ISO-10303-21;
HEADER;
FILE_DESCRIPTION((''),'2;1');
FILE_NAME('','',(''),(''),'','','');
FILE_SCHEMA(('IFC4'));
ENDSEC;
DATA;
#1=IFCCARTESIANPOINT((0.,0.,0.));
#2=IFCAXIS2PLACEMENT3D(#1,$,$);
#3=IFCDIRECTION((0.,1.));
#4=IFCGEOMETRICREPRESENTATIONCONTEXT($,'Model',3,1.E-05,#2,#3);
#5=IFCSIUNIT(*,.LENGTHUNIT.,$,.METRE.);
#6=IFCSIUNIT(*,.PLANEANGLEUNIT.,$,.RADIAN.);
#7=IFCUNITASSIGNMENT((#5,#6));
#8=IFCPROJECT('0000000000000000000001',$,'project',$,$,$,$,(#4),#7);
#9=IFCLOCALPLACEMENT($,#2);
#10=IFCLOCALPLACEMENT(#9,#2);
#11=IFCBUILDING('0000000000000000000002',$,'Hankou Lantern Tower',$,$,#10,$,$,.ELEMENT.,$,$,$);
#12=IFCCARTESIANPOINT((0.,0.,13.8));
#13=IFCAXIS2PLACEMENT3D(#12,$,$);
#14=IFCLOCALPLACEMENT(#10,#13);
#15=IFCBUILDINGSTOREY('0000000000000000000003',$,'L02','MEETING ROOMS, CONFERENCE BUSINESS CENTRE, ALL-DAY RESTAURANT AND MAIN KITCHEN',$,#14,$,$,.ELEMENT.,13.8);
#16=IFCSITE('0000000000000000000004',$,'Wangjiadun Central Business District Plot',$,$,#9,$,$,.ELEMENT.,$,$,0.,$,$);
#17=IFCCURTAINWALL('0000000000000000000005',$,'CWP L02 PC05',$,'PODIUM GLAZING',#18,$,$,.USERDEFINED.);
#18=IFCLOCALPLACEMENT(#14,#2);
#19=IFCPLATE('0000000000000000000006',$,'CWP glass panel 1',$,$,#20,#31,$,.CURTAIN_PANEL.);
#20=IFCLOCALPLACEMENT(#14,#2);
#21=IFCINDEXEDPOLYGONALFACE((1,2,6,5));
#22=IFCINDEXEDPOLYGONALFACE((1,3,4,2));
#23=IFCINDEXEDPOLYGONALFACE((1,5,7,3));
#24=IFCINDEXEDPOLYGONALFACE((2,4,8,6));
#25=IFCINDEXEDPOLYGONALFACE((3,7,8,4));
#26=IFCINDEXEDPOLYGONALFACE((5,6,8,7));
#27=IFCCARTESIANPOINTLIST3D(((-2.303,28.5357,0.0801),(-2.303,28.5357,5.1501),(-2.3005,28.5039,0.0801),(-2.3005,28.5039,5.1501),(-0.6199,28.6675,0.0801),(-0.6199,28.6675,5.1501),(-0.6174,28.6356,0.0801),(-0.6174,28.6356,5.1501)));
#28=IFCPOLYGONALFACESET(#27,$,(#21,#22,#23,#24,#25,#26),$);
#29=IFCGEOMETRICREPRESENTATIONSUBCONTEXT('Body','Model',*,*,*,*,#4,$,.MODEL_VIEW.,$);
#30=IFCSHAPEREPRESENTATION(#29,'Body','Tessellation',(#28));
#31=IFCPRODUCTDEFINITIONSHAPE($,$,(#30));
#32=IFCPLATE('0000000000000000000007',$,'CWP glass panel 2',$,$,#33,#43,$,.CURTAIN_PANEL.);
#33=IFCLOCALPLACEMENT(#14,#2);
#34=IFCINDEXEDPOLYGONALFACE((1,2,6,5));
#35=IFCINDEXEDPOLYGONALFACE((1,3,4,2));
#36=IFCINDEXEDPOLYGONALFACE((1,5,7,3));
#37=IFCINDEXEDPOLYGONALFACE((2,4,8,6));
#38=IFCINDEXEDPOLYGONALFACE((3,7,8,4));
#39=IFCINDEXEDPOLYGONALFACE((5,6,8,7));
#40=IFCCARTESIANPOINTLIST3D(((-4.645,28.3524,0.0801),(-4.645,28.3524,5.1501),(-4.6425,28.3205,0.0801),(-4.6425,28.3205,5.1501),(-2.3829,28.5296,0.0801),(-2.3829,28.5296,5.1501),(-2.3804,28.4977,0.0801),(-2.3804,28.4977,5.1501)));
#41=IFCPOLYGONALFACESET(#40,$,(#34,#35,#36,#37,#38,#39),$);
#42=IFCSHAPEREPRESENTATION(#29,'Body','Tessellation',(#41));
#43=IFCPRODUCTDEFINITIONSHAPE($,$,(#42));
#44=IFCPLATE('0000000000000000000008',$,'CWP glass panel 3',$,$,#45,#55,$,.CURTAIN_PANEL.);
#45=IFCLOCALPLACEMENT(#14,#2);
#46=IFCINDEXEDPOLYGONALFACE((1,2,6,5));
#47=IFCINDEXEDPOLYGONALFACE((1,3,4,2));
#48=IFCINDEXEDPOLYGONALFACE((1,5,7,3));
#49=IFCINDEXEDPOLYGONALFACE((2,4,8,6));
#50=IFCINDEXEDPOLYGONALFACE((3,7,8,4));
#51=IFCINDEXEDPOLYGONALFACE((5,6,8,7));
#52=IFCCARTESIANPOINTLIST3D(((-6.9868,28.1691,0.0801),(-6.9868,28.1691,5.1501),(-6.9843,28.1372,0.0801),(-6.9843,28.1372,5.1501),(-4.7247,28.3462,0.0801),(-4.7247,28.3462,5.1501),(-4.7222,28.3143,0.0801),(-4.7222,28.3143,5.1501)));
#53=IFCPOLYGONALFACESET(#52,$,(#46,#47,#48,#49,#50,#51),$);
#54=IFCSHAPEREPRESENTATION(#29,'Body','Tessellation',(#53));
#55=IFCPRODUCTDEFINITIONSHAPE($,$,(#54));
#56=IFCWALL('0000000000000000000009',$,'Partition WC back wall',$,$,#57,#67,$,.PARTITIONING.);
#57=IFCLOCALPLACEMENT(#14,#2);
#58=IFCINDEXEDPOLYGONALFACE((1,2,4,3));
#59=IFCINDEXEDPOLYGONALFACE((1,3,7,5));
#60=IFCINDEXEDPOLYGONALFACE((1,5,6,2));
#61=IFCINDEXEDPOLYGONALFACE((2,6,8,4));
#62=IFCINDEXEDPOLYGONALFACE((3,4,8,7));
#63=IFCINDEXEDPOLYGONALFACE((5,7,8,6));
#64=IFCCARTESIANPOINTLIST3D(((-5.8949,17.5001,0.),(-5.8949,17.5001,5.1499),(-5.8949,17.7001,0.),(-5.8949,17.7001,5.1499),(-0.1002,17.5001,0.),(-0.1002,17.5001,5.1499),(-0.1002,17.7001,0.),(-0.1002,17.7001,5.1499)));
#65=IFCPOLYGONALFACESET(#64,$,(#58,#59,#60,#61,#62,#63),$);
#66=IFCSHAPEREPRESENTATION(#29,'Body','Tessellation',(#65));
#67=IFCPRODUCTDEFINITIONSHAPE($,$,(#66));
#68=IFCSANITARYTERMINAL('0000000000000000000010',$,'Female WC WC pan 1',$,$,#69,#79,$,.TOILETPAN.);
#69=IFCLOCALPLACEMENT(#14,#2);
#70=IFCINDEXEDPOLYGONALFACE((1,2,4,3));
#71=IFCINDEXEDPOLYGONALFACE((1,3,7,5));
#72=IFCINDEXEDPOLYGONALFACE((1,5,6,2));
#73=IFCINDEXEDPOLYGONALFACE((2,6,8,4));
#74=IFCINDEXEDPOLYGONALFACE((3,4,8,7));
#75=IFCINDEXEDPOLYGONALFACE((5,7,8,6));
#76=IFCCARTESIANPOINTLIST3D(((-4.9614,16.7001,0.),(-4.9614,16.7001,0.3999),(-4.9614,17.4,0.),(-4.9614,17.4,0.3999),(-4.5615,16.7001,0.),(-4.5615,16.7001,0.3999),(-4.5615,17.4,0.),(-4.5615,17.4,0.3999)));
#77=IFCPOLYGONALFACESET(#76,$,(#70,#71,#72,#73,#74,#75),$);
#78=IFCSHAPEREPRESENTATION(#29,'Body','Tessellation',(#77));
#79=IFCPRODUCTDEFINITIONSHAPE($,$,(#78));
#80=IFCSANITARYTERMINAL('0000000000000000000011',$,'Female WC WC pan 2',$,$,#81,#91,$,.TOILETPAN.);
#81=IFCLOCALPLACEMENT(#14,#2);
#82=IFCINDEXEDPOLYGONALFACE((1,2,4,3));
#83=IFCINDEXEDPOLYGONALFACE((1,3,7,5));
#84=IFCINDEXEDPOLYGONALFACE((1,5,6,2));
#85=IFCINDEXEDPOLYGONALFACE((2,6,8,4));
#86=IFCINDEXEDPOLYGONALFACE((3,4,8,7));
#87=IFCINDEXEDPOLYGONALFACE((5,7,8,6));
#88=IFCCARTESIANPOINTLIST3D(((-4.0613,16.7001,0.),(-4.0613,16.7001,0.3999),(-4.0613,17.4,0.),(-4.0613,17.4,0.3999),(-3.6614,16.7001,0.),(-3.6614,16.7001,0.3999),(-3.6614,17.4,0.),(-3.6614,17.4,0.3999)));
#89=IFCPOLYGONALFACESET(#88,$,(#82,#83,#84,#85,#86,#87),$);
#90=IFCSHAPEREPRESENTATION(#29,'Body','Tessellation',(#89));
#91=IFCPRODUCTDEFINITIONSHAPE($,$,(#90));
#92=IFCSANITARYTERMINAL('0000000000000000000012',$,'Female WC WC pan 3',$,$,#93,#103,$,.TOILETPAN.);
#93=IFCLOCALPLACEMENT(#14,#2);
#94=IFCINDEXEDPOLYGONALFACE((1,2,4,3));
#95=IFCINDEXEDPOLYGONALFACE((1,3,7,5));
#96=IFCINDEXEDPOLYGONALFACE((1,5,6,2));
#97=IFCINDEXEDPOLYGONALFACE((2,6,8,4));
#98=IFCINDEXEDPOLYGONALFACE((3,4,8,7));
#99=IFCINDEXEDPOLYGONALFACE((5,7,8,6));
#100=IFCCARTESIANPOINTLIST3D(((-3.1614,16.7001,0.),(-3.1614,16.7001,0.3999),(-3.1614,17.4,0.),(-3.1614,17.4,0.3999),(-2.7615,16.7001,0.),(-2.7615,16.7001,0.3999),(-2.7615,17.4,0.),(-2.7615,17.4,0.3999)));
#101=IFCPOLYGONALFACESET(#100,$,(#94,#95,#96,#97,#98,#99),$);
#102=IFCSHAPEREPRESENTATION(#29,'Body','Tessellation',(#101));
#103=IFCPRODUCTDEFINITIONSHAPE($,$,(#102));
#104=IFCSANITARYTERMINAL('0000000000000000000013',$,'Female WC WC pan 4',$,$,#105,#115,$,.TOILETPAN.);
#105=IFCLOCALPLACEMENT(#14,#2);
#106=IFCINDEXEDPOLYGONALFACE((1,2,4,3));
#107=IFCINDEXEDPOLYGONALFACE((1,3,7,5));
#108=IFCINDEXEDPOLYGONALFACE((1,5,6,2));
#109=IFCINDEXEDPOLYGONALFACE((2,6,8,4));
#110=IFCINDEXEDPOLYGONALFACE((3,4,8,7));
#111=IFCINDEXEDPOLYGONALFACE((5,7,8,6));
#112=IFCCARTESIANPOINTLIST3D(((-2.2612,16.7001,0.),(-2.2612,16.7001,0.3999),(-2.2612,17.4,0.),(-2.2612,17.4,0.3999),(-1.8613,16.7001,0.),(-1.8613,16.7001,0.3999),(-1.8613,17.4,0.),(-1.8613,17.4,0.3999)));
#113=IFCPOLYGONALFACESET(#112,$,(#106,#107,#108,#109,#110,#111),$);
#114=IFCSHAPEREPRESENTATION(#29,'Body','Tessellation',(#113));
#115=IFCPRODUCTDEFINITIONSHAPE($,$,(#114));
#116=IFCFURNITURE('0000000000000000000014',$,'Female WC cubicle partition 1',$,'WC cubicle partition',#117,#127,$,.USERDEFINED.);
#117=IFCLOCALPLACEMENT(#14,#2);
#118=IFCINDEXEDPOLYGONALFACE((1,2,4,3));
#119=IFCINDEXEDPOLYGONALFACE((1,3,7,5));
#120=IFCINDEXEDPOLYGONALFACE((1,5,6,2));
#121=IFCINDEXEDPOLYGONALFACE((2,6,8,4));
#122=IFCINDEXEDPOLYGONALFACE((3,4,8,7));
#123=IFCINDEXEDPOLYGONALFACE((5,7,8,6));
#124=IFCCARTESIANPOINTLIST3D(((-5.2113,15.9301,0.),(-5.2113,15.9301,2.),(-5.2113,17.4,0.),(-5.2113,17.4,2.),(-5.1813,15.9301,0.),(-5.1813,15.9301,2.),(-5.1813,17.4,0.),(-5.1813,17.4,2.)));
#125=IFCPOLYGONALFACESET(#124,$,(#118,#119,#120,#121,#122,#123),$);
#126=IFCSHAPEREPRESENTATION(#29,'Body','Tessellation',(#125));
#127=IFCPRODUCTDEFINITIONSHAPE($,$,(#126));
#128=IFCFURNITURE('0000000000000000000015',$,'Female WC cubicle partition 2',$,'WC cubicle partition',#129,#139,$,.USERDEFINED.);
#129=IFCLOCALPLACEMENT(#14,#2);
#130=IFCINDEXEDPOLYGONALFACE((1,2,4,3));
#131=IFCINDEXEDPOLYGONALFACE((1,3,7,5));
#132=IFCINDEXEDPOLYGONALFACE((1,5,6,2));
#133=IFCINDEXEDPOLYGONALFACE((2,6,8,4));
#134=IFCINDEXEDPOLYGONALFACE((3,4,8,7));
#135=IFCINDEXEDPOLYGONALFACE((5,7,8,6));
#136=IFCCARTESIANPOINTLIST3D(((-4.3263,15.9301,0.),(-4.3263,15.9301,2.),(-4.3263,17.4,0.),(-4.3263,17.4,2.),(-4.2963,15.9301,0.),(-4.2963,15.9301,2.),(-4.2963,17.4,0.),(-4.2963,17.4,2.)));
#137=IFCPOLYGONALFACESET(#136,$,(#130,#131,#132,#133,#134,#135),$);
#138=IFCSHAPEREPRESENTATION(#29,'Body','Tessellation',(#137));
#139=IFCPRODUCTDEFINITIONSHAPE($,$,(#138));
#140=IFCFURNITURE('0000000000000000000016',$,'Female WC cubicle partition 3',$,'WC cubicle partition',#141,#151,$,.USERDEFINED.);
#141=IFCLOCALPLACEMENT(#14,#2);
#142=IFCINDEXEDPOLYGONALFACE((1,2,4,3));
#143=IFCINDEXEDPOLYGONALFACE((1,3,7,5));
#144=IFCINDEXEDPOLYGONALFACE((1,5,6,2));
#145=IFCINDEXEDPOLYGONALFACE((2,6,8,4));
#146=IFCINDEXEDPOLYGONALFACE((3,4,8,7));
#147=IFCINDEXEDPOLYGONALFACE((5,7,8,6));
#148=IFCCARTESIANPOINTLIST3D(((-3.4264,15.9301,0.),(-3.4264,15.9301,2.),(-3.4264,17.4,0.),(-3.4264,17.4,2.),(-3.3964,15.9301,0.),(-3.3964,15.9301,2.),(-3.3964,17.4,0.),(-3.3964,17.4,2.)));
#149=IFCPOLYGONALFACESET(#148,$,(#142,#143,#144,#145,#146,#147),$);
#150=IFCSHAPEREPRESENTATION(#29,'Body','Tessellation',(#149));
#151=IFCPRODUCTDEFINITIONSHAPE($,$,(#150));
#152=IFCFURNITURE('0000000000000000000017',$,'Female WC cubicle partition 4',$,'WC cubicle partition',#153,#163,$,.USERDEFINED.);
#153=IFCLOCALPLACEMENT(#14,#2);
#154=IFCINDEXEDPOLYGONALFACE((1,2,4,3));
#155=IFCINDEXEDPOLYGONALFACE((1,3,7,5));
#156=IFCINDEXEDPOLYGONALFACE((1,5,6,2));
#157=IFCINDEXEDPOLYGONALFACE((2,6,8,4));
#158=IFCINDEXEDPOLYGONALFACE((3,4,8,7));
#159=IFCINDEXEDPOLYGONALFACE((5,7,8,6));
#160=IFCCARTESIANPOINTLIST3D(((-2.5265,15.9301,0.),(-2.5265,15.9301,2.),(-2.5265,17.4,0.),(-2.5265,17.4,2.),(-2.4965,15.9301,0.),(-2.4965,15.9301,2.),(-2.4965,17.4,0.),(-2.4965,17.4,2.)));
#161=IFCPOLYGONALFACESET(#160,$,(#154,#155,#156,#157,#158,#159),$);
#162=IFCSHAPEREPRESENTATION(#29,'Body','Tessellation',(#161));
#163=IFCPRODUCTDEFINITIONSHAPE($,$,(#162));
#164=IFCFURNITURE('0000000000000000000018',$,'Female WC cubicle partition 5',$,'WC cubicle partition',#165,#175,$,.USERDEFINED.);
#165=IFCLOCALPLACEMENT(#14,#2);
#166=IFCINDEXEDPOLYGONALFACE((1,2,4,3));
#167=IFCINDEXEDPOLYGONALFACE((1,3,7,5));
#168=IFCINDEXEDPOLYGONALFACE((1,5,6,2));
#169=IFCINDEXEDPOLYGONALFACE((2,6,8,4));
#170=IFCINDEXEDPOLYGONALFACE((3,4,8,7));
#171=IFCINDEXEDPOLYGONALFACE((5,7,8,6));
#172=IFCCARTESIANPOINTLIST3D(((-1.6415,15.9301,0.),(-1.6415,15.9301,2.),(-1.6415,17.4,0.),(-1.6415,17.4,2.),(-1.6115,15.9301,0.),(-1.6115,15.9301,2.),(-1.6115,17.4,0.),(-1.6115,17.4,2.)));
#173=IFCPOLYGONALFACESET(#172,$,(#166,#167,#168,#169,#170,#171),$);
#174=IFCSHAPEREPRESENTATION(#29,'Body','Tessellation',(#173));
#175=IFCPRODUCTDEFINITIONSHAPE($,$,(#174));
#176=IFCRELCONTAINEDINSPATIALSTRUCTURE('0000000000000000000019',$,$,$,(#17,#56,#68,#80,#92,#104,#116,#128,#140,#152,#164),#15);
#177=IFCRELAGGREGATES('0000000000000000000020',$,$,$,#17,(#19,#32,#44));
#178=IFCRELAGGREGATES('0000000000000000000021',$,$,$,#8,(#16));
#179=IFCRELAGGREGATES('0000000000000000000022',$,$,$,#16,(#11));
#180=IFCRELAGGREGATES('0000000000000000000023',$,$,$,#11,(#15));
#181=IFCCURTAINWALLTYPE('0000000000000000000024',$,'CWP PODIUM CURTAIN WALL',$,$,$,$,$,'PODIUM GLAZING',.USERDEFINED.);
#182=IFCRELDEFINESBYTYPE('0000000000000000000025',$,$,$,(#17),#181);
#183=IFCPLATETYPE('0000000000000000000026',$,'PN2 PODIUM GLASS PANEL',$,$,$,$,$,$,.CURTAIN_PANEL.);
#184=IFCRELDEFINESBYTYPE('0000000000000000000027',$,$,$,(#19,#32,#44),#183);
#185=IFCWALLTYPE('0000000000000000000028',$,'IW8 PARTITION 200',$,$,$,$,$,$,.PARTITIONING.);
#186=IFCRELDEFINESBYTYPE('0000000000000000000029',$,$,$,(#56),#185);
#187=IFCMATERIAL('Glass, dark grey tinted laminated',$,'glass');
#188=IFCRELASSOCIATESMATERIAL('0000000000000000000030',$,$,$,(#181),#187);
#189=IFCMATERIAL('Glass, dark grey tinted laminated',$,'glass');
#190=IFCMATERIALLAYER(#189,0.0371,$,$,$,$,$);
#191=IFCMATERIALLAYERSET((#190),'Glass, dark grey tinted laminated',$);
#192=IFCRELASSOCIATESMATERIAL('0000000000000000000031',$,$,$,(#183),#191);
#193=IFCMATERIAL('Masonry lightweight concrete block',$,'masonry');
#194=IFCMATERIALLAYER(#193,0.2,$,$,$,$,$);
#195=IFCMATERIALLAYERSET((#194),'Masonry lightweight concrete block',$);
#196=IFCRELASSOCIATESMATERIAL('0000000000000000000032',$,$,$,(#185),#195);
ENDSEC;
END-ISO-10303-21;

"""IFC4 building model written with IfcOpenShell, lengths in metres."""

from ifc_helpers import new_model, si_unit, direction, frame, frame_2d, origin, origin_2d, place, context, subcontext, project, spatial, rectangle, extrude, material, layer, layer_set, type_object, element, aggregate, save


model = new_model("IFC4")

# Units and contexts
model_context = context("Model", 3, precision=1e-05, world=origin(), true_north=direction((0.0, 1.0)))
body_context = subcontext(model_context, "Body", "Model", "MODEL_VIEW")
ifc_project = project(units=[si_unit("LENGTHUNIT", "METRE"), si_unit("PLANEANGLEUNIT", "RADIAN")], contexts=[model_context])

# Site, building, storey
site_placement = place(None, origin())
site = spatial("IfcSite", under=ifc_project, at=site_placement, Name="Wangjiadun Central Business District Plot", CompositionType="ELEMENT", RefElevation=0.0)
building_placement = place(site_placement, origin())
building = spatial("IfcBuilding", under=site, at=building_placement, Name="Hankou Lantern Tower", CompositionType="ELEMENT")
storey_placement = place(building_placement, frame((0.0, 0.0, 13.8)))
storey = spatial("IfcBuildingStorey", under=building, at=storey_placement, Name="L02", Description="MEETING ROOMS, CONFERENCE BUSINESS CENTRE, ALL-DAY RESTAURANT AND MAIN KITCHEN", CompositionType="ELEMENT", Elevation=13.8)

# Curtain wall
ifc_material_1 = material(Name="Glass, dark grey tinted laminated", Category="glass")
curtain_wall_type = type_object("IfcCurtainWallType", Name="CWP PODIUM CURTAIN WALL", ElementType="PODIUM GLAZING", PredefinedType="USERDEFINED", material=ifc_material_1)
curtain_wall_placement = place(storey_placement, origin())
curtain_wall = element("IfcCurtainWall", 1, at=curtain_wall_placement, inside=storey, type_object=curtain_wall_type, Name="CWP L02 PC05", ObjectType="PODIUM GLAZING", PredefinedType="USERDEFINED")

# Plates
ifc_material_2 = material(Name="Glass, dark grey tinted laminated", Category="glass")
ifc_layer_1 = layer(ifc_material_2, 0.0371)
ifc_layer_set_1 = layer_set([ifc_layer_1], Name="Glass, dark grey tinted laminated")
plate_type = type_object("IfcPlateType", Name="PN2 PODIUM GLASS PANEL", PredefinedType="CURTAIN_PANEL", material=ifc_layer_set_1)
plate_1_placement = place(storey_placement, frame((-1.4602, 28.5857, 0.0801), z_axis=(0.0, 0.0, 1.0), x_axis=(-0.996949, -0.078062, 0.0)))
plate_1 = element("IfcPlate", 2, at=plate_1_placement, type_object=plate_type, Name="CWP glass panel 1", PredefinedType="CURTAIN_PANEL", context=body_context, shape_type="SweptSolid", body=[
    extrude(rectangle(XDim=1.6882, YDim=0.032, at=origin_2d()), origin(), (0.0, 0.0, 1.0), 5.0701),
])
plate_2_placement = place(storey_placement, frame((-3.5127, 28.425, 0.0801), z_axis=(0.0, 0.0, 1.0), x_axis=(-0.996949, -0.078062, 0.0)))
plate_2 = element("IfcPlate", 3, at=plate_2_placement, type_object=plate_type, Name="CWP glass panel 2", PredefinedType="CURTAIN_PANEL", context=body_context, shape_type="SweptSolid", body=[
    extrude(rectangle(XDim=2.269, YDim=0.032, at=origin_2d()), origin(), (0.0, 0.0, 1.0), 5.0701),
])
plate_3_placement = place(storey_placement, frame((-5.8545, 28.2417, 0.0801), z_axis=(0.0, 0.0, 1.0), x_axis=(-0.996949, -0.078062, 0.0)))
plate_3 = element("IfcPlate", 4, at=plate_3_placement, type_object=plate_type, Name="CWP glass panel 3", PredefinedType="CURTAIN_PANEL", context=body_context, shape_type="SweptSolid", body=[
    extrude(rectangle(XDim=2.269, YDim=0.032, at=origin_2d()), origin(), (0.0, 0.0, 1.0), 5.0701),
])
aggregate(curtain_wall, [plate_1, plate_2, plate_3])

# Wall
ifc_material_3 = material(Name="Masonry lightweight concrete block", Category="masonry")
ifc_layer_2 = layer(ifc_material_3, 0.2)
ifc_layer_set_2 = layer_set([ifc_layer_2], Name="Masonry lightweight concrete block")
wall_type = type_object("IfcWallType", Name="IW8 PARTITION 200", PredefinedType="PARTITIONING", material=ifc_layer_set_2)
wall_placement = place(storey_placement, frame((-0.1001, 17.6001, 0.0), z_axis=(0.0, 0.0, 1.0), x_axis=(-1.0, 0.0, 0.0)))
element("IfcWall", 5, at=wall_placement, inside=storey, type_object=wall_type, Name="Partition WC back wall", PredefinedType="PARTITIONING", context=body_context, shape_type="SweptSolid", body=[
    extrude(rectangle(XDim=5.7947, YDim=0.2, at=frame_2d((2.8975, 0.0))), origin(), (0.0, 0.0, 1.0), 5.1499),
])

# Sanitary terminals
for number, where, z_axis, x_axis, name in (
    (6, (-4.7615, 17.05, 0.0), (0.0, 0.0, 1.0), (1.0, 0.0, 0.0), "Female WC WC pan 1"),
    (7, (-3.8613, 17.05, 0.0), (0.0, 0.0, 1.0), (1.0, 0.0, 0.0), "Female WC WC pan 2"),
    (8, (-2.9614, 17.05, 0.0), (0.0, 0.0, 1.0), (1.0, 0.0, 0.0), "Female WC WC pan 3"),
    (9, (-2.0613, 17.05, 0.0), (0.0, 0.0, 1.0), (1.0, 0.0, 0.0), "Female WC WC pan 4"),
):
    element("IfcSanitaryTerminal", number, at=place(storey_placement, frame(where, z_axis=z_axis, x_axis=x_axis)), inside=storey, Name=name, PredefinedType="TOILETPAN", context=body_context, shape_type="SweptSolid", body=[
        extrude(rectangle(XDim=0.3999, YDim=0.7, at=origin_2d()), origin(), (0.0, 0.0, 1.0), 0.3999),
    ])

# Furniture
for number, where, z_axis, x_axis, name in (
    (10, (-5.1963, 16.665, 0.0), (0.0, 0.0, 1.0), (1.0, 0.0, 0.0), "Female WC cubicle partition 1"),
    (11, (-4.3113, 16.665, 0.0), (0.0, 0.0, 1.0), (1.0, 0.0, 0.0), "Female WC cubicle partition 2"),
    (12, (-3.4114, 16.665, 0.0), (0.0, 0.0, 1.0), (1.0, 0.0, 0.0), "Female WC cubicle partition 3"),
    (13, (-2.5115, 16.665, 0.0), (0.0, 0.0, 1.0), (1.0, 0.0, 0.0), "Female WC cubicle partition 4"),
    (14, (-1.6265, 16.665, 0.0), (0.0, 0.0, 1.0), (1.0, 0.0, 0.0), "Female WC cubicle partition 5"),
):
    element("IfcFurniture", number, at=place(storey_placement, frame(where, z_axis=z_axis, x_axis=x_axis)), inside=storey, Name=name, ObjectType="WC cubicle partition", PredefinedType="USERDEFINED", context=body_context, shape_type="SweptSolid", body=[
        extrude(rectangle(XDim=0.03, YDim=1.47, at=origin_2d()), origin(), (0.0, 0.0, 1.0), 2.0),
    ])

save(model, "model.ifc")
